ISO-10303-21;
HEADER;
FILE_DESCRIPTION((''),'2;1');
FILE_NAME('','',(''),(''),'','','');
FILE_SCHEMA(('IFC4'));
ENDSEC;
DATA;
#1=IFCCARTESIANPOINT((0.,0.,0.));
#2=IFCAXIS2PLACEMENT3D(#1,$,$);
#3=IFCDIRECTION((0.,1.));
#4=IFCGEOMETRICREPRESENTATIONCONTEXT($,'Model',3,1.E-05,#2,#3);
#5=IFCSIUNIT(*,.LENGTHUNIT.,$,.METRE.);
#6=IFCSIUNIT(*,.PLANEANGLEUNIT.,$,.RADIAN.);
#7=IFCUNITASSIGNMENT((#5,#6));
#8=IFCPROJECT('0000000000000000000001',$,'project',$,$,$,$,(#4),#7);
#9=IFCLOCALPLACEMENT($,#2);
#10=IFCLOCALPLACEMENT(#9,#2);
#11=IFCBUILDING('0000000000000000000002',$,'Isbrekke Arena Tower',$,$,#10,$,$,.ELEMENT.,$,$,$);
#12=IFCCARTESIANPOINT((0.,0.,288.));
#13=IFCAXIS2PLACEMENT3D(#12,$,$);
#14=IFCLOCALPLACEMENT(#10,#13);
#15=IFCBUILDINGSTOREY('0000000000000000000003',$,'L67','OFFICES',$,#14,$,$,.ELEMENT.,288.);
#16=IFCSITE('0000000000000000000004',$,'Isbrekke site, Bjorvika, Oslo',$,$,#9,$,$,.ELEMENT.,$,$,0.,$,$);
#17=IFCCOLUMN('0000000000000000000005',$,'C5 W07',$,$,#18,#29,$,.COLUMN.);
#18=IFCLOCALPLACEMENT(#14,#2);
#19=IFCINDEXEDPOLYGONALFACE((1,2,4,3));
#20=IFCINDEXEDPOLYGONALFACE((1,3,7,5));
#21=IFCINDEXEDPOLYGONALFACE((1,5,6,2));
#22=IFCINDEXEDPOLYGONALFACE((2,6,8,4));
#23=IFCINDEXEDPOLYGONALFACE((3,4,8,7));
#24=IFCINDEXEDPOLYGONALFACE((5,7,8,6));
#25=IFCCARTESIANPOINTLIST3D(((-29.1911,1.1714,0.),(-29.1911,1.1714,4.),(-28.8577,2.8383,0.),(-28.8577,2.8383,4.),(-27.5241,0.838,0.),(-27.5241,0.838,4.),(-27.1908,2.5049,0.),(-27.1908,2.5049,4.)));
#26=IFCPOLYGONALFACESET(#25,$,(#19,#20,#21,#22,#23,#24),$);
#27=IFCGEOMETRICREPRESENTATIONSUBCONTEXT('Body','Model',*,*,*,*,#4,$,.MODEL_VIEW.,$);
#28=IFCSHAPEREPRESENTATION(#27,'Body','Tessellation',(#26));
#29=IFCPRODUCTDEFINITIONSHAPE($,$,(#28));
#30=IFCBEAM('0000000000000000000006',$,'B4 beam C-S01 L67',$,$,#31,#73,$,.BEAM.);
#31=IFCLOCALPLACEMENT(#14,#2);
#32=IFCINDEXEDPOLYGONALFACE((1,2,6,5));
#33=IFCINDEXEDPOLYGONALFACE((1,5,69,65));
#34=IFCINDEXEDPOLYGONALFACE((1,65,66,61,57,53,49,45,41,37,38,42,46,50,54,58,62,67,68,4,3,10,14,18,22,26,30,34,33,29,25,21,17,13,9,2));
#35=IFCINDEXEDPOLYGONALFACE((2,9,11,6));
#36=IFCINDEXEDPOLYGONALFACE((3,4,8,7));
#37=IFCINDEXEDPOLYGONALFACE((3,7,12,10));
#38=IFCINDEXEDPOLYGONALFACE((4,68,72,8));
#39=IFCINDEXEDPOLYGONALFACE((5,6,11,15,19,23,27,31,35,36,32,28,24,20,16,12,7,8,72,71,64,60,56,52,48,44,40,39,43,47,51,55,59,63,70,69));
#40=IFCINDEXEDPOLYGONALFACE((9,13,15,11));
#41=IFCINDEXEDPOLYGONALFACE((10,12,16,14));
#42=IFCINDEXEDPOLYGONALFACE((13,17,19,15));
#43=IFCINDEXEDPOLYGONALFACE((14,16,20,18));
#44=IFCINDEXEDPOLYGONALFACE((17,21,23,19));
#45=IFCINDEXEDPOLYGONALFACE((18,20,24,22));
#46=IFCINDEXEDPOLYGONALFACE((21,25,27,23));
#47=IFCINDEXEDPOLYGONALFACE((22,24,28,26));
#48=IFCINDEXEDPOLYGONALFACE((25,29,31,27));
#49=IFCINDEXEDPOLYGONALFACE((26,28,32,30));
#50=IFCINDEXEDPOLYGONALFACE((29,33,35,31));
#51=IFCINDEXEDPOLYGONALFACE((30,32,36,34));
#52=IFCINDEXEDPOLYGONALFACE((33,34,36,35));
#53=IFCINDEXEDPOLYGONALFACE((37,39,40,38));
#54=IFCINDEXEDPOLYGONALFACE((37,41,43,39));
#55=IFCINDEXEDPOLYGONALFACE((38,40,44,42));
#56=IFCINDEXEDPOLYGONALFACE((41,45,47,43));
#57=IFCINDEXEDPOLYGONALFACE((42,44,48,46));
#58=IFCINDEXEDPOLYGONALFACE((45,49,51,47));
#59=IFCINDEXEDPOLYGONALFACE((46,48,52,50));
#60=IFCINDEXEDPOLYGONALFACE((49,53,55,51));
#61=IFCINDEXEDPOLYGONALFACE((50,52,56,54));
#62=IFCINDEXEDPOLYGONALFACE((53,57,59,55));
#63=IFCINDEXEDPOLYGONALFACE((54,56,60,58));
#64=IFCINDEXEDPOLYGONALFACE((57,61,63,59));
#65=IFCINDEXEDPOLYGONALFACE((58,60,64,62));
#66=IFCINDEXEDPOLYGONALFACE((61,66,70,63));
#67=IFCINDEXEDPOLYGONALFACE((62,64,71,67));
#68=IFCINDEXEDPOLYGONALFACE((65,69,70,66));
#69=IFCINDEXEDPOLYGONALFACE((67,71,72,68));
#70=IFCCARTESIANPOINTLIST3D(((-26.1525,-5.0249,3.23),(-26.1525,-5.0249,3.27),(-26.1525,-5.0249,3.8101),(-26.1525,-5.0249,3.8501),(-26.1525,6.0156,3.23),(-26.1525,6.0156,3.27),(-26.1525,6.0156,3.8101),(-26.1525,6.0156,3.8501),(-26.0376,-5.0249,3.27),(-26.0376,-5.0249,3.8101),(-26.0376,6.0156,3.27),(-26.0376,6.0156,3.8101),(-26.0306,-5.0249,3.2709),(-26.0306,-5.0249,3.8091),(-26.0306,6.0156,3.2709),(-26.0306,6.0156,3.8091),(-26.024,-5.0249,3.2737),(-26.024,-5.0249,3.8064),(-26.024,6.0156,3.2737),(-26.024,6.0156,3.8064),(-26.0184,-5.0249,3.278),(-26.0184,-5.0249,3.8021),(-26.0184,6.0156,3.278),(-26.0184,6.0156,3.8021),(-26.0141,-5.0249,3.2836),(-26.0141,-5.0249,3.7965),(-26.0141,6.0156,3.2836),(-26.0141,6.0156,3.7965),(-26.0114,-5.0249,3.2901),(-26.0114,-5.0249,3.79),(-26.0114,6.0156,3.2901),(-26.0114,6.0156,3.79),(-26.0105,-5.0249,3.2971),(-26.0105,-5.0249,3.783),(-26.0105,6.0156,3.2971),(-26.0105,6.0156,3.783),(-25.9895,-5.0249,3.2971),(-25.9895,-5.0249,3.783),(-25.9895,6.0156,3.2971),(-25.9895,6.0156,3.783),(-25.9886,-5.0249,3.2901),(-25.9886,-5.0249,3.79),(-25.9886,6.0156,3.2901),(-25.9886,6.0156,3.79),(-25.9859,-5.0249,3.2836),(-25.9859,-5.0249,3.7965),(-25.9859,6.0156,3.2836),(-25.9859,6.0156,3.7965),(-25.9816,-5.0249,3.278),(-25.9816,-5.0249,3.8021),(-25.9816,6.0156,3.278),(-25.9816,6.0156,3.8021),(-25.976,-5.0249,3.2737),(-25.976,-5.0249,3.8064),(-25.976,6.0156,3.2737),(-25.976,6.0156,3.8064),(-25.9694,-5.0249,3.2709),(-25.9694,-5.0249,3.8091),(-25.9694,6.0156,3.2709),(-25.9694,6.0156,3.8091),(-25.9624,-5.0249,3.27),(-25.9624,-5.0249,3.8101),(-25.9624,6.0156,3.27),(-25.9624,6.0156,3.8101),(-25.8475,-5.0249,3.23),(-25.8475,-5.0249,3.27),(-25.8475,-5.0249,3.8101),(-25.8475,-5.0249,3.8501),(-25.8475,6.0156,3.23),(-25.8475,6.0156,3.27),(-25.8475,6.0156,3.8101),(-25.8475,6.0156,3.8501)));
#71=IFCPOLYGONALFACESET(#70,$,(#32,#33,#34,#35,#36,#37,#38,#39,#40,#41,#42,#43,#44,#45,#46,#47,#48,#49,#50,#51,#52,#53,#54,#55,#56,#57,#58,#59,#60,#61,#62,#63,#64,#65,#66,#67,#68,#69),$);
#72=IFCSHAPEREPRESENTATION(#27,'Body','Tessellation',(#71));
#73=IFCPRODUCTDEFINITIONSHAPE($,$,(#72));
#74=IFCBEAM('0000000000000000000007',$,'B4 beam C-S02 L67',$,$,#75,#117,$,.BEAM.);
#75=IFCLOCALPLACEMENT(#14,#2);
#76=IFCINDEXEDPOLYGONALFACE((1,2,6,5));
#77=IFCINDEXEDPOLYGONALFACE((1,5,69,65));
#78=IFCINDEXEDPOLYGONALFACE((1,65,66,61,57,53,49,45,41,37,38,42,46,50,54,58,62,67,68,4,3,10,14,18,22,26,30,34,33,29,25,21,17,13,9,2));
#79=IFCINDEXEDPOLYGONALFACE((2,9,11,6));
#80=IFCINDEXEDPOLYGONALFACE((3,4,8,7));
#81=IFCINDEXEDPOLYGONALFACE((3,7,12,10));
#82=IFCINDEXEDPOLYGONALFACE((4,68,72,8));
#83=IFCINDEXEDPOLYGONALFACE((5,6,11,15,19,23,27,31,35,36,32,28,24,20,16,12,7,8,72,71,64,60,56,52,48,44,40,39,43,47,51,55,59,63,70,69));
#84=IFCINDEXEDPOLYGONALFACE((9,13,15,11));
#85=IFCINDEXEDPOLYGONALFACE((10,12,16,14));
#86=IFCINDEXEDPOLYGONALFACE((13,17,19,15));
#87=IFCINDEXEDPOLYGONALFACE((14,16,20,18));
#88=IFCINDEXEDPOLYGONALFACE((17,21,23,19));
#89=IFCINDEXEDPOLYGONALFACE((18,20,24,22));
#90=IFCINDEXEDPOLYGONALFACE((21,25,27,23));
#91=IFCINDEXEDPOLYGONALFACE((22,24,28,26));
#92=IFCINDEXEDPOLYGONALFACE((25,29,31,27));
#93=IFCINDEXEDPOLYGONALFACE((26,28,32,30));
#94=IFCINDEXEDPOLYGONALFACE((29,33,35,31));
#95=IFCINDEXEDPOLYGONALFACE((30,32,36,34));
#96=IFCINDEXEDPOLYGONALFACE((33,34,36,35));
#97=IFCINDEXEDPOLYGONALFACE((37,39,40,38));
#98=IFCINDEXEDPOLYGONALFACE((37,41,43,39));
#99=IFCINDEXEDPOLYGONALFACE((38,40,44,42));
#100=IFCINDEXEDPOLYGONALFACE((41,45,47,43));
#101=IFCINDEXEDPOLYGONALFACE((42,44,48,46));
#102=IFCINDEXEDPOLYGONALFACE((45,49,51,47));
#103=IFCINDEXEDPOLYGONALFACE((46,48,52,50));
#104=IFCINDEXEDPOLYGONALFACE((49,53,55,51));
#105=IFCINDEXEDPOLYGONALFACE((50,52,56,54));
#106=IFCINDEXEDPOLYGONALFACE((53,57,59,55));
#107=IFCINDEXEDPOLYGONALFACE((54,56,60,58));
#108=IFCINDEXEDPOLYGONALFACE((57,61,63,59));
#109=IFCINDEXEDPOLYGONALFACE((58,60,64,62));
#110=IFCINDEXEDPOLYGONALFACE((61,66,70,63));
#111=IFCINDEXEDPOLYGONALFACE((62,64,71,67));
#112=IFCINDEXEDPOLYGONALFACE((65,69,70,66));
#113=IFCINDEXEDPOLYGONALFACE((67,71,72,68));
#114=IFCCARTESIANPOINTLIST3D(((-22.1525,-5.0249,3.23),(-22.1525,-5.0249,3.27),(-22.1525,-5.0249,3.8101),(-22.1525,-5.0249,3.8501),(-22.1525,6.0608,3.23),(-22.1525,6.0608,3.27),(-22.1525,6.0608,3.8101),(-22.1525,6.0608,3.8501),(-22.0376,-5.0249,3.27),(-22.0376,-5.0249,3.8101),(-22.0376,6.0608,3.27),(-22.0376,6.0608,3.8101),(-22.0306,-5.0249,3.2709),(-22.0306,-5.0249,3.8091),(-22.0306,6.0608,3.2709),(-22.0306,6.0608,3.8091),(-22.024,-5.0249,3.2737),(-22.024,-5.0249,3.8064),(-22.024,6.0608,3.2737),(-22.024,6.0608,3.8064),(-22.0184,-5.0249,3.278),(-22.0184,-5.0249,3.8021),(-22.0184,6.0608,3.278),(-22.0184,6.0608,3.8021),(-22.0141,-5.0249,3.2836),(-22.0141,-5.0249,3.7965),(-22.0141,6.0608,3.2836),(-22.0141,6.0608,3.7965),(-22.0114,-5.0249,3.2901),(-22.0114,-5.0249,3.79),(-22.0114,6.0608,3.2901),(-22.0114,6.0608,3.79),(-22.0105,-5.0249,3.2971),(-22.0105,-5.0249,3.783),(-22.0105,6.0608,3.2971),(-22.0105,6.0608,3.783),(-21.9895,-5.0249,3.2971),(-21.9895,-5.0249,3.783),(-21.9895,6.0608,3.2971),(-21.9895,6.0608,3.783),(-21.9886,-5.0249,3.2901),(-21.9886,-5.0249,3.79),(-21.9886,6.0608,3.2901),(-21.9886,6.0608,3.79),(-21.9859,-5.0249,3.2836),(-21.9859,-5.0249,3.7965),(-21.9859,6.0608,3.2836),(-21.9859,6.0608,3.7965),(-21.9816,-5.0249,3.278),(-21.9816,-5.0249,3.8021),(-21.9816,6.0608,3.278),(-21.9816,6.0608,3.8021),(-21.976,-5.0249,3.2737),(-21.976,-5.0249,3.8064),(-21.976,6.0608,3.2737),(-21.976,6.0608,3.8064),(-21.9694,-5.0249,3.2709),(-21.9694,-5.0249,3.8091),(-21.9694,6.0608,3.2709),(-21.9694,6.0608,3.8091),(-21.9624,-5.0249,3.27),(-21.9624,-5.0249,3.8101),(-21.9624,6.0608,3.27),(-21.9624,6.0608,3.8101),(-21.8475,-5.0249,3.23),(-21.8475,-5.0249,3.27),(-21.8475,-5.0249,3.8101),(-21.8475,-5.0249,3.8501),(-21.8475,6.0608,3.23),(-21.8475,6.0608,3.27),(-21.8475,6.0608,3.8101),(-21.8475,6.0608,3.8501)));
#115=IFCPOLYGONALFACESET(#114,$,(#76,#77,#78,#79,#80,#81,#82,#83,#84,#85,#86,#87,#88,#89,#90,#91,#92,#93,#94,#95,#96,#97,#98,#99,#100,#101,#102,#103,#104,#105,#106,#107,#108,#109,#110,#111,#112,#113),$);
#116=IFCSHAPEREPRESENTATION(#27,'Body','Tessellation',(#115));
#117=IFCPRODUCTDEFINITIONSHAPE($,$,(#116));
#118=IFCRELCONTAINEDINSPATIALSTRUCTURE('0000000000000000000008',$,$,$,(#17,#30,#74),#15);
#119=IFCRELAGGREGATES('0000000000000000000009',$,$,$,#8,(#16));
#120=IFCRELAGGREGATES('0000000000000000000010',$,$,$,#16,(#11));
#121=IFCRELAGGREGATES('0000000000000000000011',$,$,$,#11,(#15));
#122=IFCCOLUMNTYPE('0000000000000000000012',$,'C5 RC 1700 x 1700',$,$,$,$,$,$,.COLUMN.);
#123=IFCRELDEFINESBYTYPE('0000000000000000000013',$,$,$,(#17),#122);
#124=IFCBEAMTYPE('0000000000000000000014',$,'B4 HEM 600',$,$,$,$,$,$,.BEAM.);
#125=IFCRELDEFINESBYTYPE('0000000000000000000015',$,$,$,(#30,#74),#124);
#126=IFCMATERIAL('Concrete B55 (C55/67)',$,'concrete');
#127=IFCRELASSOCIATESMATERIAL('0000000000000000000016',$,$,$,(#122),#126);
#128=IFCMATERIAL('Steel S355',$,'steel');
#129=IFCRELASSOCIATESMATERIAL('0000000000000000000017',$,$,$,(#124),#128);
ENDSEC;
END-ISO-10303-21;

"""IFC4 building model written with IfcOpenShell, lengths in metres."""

from ifc_helpers import new_model, si_unit, direction, frame, origin, origin_2d, place, context, subcontext, project, spatial, rectangle, i_section, extrude, material, material_profile, profile_set, type_object, element, save


model = new_model("IFC4")

# Units and contexts
model_context = context("Model", 3, precision=1e-05, world=origin(), true_north=direction((0.0, 1.0)))
body_context = subcontext(model_context, "Body", "Model", "MODEL_VIEW")
ifc_project = project(units=[si_unit("LENGTHUNIT", "METRE"), si_unit("PLANEANGLEUNIT", "RADIAN")], contexts=[model_context])

# Site, building, storey
site_placement = place(None, origin())
site = spatial("IfcSite", under=ifc_project, at=site_placement, Name="Isbrekke site, Bjorvika, Oslo", CompositionType="ELEMENT", RefElevation=0.0)
building_placement = place(site_placement, origin())
building = spatial("IfcBuilding", under=site, at=building_placement, Name="Isbrekke Arena Tower", CompositionType="ELEMENT")
storey_placement = place(building_placement, frame((0.0, 0.0, 288.0)))
storey = spatial("IfcBuildingStorey", under=building, at=storey_placement, Name="L67", Description="OFFICES", CompositionType="ELEMENT", Elevation=288.0)

# Column
ifc_material_1 = material(Name="Concrete B55 (C55/67)", Category="concrete")
ifc_material_profile_1 = material_profile(ifc_material_1, rectangle(XDim=1.7, YDim=1.7, at=origin_2d()), Name="RC 1700x1700")
ifc_profile_set_1 = profile_set([ifc_material_profile_1], Name="Concrete B55 (C55/67)")
column_type = type_object("IfcColumnType", Name="C5 RC 1700 x 1700", PredefinedType="COLUMN", material=ifc_profile_set_1)
column_placement = place(storey_placement, frame((-28.1909, 1.8381, 0.0), z_axis=(0.0, 0.0, 1.0), x_axis=(-0.196116, -0.980581, 0.0)))
element("IfcColumn", 1, at=column_placement, inside=storey, type_object=column_type, Name="C5 W07", PredefinedType="COLUMN", context=body_context, shape_type="SweptSolid", body=[
    extrude(rectangle(XDim=1.7, YDim=1.7, at=origin_2d()), origin(), (0.0, 0.0, 1.0), 4.0),
])

# Beams
ifc_material_2 = material(Name="Steel S355", Category="steel")
ifc_material_profile_2 = material_profile(ifc_material_2, i_section(OverallWidth=0.3049, OverallDepth=0.6201, WebThickness=0.021, FlangeThickness=0.04, FilletRadius=0.0271, at=origin_2d()), Name="HEM 600")
ifc_profile_set_2 = profile_set([ifc_material_profile_2], Name="Steel S355")
beam_type = type_object("IfcBeamType", Name="B4 HEM 600", PredefinedType="BEAM", material=ifc_profile_set_2)
beam_1_placement = place(storey_placement, frame((-26.0, -5.0249, 3.54), z_axis=(0.0, 1.0, 0.0), x_axis=(-1.0, 0.0, 0.0)))
element("IfcBeam", 2, at=beam_1_placement, inside=storey, type_object=beam_type, Name="B4 beam C-S01 L67", PredefinedType="BEAM", context=body_context, shape_type="SweptSolid", body=[
    extrude(i_section(OverallWidth=0.3049, OverallDepth=0.6201, WebThickness=0.021, FlangeThickness=0.04, FilletRadius=0.0271, at=origin_2d()), origin(), (0.0, 0.0, 1.0), 11.0405),
])
beam_2_placement = place(storey_placement, frame((-22.0, -5.0249, 3.54), z_axis=(0.0, 1.0, 0.0), x_axis=(-1.0, 0.0, 0.0)))
element("IfcBeam", 3, at=beam_2_placement, inside=storey, type_object=beam_type, Name="B4 beam C-S02 L67", PredefinedType="BEAM", context=body_context, shape_type="SweptSolid", body=[
    extrude(i_section(OverallWidth=0.3049, OverallDepth=0.6201, WebThickness=0.021, FlangeThickness=0.04, FilletRadius=0.0271, at=origin_2d()), origin(), (0.0, 0.0, 1.0), 11.0857),
])

save(model, "model.ifc")
